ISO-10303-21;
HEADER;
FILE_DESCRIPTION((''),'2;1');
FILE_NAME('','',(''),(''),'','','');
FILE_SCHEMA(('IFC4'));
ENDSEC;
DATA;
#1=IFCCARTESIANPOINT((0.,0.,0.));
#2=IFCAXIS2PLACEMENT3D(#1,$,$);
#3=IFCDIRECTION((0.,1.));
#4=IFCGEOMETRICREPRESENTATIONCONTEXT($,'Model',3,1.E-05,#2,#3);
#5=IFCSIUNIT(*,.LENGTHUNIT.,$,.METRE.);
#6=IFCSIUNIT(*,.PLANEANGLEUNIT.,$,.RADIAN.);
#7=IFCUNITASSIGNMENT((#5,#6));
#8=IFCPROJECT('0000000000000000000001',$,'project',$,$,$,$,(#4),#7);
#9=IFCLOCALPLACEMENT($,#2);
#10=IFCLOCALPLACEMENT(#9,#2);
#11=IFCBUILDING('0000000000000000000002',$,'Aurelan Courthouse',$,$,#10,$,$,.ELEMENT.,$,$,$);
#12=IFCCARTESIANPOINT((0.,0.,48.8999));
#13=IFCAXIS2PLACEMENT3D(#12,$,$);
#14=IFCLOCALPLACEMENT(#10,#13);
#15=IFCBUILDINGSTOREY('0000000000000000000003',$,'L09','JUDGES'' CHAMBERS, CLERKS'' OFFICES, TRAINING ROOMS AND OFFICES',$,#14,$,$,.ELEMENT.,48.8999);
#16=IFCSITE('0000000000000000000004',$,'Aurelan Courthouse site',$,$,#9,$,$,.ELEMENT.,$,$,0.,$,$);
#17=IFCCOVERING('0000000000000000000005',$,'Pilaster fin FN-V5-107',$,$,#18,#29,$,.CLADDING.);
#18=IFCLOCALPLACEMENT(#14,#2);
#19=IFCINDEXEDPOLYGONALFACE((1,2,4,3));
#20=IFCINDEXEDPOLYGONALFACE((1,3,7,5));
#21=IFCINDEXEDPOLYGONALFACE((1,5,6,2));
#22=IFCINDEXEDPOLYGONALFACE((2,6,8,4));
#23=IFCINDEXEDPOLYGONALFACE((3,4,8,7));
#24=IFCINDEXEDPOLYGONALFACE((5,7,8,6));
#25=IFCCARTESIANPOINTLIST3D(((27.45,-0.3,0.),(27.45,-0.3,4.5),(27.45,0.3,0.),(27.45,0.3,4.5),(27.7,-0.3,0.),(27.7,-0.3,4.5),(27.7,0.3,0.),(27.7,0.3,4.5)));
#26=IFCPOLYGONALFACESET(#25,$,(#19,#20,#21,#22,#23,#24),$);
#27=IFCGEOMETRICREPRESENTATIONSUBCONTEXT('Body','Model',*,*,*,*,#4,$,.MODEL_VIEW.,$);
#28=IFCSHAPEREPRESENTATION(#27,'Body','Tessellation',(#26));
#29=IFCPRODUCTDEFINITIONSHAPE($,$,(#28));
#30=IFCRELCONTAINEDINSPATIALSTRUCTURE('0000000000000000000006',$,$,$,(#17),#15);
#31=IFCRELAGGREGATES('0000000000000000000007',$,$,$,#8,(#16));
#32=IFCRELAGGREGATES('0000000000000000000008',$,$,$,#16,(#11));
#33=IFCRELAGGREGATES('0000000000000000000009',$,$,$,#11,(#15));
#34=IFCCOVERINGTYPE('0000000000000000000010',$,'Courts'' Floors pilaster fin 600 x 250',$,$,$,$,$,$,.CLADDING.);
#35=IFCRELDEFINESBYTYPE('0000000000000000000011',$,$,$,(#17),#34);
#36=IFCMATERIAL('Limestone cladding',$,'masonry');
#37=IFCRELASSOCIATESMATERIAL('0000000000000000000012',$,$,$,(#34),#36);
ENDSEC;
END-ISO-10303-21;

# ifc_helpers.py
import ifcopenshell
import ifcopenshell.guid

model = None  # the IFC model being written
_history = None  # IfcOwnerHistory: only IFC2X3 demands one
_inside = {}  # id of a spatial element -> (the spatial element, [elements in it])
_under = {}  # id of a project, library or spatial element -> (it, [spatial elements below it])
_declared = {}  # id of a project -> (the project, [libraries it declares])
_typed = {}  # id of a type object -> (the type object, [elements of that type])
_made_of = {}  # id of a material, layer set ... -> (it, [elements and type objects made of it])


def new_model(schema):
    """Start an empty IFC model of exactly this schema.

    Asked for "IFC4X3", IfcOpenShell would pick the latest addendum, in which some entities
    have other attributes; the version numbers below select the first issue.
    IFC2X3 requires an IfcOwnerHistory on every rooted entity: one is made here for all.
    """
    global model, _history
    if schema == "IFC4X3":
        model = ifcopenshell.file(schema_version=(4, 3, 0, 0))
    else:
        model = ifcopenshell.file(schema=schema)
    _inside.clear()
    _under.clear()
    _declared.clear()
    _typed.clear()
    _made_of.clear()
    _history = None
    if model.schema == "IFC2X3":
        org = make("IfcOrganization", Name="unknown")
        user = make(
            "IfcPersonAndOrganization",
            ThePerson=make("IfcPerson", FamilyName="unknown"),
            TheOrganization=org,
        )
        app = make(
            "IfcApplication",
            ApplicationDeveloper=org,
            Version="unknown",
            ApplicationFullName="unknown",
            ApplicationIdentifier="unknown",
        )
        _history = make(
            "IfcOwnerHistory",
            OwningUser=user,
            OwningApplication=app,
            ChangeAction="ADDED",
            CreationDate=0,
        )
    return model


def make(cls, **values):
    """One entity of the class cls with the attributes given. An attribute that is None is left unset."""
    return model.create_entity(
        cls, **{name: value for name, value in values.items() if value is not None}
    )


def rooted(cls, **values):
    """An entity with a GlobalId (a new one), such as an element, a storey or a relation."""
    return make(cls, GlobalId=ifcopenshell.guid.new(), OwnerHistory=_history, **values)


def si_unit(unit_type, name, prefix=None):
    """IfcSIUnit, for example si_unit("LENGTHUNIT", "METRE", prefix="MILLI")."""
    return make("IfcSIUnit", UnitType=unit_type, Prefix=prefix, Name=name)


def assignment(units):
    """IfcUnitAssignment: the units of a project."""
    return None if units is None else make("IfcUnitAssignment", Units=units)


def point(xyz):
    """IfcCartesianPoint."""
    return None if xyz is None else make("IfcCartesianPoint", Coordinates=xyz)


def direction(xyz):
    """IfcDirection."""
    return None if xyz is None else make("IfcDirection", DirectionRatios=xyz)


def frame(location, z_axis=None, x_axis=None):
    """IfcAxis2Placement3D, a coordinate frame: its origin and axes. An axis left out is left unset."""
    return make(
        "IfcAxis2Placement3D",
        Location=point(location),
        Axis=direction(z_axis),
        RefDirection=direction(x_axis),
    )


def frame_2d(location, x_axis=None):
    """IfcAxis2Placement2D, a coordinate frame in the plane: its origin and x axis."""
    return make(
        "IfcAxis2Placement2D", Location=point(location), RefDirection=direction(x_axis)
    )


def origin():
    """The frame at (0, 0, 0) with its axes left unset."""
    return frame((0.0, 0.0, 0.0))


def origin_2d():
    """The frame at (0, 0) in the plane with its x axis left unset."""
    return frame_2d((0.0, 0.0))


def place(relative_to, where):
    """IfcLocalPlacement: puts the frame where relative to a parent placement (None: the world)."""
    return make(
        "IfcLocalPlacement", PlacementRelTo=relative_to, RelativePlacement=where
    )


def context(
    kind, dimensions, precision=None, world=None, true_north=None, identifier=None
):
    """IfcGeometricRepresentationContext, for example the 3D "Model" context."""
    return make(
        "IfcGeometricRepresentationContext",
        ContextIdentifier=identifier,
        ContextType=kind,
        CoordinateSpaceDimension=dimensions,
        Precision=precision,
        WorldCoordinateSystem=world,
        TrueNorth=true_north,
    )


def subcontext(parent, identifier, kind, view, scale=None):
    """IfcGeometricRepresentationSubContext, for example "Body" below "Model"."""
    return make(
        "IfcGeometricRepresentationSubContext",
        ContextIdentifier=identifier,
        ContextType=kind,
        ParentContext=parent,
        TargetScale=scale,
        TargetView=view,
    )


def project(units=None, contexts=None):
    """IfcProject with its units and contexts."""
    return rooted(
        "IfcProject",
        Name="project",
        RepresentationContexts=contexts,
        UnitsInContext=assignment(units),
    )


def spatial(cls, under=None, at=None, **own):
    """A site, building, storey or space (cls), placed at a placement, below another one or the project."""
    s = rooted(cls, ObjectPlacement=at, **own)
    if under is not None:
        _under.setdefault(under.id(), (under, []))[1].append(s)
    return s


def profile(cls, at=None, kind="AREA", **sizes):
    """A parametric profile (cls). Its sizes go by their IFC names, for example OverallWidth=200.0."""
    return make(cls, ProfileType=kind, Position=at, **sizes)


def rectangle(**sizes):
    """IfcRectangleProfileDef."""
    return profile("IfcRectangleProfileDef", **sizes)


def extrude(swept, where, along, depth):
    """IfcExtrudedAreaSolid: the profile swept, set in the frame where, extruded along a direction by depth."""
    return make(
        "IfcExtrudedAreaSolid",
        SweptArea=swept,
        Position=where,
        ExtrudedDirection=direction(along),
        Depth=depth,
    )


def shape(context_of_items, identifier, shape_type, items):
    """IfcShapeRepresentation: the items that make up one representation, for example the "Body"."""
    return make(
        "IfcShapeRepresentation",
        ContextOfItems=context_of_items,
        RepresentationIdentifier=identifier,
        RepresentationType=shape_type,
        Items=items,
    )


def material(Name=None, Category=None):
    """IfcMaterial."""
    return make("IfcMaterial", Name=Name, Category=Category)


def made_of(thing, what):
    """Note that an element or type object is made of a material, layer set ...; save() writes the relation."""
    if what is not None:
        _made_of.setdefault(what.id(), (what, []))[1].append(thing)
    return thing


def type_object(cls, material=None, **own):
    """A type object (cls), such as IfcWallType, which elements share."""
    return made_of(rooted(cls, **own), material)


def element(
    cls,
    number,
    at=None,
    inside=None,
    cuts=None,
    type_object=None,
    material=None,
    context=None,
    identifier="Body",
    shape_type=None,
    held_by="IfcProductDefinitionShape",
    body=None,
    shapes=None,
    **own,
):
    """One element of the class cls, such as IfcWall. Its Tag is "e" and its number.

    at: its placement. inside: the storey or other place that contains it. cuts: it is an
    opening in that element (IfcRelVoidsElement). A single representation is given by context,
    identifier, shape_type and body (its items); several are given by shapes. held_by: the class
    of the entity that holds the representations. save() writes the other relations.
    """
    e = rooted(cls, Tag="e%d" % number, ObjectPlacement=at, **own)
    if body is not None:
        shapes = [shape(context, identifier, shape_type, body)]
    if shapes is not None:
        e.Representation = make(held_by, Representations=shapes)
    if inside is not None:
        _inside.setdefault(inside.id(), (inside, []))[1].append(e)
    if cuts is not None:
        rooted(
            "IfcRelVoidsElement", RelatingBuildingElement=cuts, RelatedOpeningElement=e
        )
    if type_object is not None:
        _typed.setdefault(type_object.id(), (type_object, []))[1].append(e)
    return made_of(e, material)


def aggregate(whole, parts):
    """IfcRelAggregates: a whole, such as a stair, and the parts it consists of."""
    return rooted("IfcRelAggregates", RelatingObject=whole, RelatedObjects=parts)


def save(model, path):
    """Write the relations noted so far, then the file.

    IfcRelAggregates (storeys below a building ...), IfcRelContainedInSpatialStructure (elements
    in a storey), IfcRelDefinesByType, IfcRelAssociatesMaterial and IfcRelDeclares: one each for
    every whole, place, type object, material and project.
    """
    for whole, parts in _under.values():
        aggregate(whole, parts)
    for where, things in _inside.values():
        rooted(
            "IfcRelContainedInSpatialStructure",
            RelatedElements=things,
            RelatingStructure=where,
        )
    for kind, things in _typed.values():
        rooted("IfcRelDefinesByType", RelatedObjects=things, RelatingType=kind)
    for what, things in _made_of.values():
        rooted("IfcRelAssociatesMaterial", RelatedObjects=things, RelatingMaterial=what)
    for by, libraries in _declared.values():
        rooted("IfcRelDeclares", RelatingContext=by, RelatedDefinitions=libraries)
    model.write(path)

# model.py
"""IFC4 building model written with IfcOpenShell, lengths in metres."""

from ifc_helpers import new_model, si_unit, direction, frame, origin, origin_2d, place, context, subcontext, project, spatial, rectangle, extrude, material, type_object, element, save


model = new_model("IFC4")

# Units and contexts
model_context = context("Model", 3, precision=1e-05, world=origin(), true_north=direction((0.0, 1.0)))
body_context = subcontext(model_context, "Body", "Model", "MODEL_VIEW")
ifc_project = project(units=[si_unit("LENGTHUNIT", "METRE"), si_unit("PLANEANGLEUNIT", "RADIAN")], contexts=[model_context])

# Site, building, storey
site_placement = place(None, origin())
site = spatial("IfcSite", under=ifc_project, at=site_placement, Name="Aurelan Courthouse site", CompositionType="ELEMENT", RefElevation=0.0)
building_placement = place(site_placement, origin())
building = spatial("IfcBuilding", under=site, at=building_placement, Name="Aurelan Courthouse", CompositionType="ELEMENT")
storey_placement = place(building_placement, frame((0.0, 0.0, 48.8999)))
storey = spatial("IfcBuildingStorey", under=building, at=storey_placement, Name="L09", Description="JUDGES' CHAMBERS, CLERKS' OFFICES, TRAINING ROOMS AND OFFICES", CompositionType="ELEMENT", Elevation=48.8999)

# Covering
ifc_material_1 = material(Name="Limestone cladding", Category="masonry")
covering_type = type_object("IfcCoveringType", Name="Courts' Floors pilaster fin 600 x 250", PredefinedType="CLADDING", material=ifc_material_1)
covering_placement = place(storey_placement, frame((27.575, 0.0, 0.0), z_axis=(0.0, 0.0, 1.0), x_axis=(1.0, 0.0, 0.0)))
element("IfcCovering", 1, at=covering_placement, inside=storey, type_object=covering_type, Name="Pilaster fin FN-V5-107", PredefinedType="CLADDING", context=body_context, shape_type="SweptSolid", body=[
    extrude(rectangle(XDim=0.25, YDim=0.6001, at=origin_2d()), origin(), (0.0, 0.0, 1.0), 4.5),
])

save(model, "model.ifc")
